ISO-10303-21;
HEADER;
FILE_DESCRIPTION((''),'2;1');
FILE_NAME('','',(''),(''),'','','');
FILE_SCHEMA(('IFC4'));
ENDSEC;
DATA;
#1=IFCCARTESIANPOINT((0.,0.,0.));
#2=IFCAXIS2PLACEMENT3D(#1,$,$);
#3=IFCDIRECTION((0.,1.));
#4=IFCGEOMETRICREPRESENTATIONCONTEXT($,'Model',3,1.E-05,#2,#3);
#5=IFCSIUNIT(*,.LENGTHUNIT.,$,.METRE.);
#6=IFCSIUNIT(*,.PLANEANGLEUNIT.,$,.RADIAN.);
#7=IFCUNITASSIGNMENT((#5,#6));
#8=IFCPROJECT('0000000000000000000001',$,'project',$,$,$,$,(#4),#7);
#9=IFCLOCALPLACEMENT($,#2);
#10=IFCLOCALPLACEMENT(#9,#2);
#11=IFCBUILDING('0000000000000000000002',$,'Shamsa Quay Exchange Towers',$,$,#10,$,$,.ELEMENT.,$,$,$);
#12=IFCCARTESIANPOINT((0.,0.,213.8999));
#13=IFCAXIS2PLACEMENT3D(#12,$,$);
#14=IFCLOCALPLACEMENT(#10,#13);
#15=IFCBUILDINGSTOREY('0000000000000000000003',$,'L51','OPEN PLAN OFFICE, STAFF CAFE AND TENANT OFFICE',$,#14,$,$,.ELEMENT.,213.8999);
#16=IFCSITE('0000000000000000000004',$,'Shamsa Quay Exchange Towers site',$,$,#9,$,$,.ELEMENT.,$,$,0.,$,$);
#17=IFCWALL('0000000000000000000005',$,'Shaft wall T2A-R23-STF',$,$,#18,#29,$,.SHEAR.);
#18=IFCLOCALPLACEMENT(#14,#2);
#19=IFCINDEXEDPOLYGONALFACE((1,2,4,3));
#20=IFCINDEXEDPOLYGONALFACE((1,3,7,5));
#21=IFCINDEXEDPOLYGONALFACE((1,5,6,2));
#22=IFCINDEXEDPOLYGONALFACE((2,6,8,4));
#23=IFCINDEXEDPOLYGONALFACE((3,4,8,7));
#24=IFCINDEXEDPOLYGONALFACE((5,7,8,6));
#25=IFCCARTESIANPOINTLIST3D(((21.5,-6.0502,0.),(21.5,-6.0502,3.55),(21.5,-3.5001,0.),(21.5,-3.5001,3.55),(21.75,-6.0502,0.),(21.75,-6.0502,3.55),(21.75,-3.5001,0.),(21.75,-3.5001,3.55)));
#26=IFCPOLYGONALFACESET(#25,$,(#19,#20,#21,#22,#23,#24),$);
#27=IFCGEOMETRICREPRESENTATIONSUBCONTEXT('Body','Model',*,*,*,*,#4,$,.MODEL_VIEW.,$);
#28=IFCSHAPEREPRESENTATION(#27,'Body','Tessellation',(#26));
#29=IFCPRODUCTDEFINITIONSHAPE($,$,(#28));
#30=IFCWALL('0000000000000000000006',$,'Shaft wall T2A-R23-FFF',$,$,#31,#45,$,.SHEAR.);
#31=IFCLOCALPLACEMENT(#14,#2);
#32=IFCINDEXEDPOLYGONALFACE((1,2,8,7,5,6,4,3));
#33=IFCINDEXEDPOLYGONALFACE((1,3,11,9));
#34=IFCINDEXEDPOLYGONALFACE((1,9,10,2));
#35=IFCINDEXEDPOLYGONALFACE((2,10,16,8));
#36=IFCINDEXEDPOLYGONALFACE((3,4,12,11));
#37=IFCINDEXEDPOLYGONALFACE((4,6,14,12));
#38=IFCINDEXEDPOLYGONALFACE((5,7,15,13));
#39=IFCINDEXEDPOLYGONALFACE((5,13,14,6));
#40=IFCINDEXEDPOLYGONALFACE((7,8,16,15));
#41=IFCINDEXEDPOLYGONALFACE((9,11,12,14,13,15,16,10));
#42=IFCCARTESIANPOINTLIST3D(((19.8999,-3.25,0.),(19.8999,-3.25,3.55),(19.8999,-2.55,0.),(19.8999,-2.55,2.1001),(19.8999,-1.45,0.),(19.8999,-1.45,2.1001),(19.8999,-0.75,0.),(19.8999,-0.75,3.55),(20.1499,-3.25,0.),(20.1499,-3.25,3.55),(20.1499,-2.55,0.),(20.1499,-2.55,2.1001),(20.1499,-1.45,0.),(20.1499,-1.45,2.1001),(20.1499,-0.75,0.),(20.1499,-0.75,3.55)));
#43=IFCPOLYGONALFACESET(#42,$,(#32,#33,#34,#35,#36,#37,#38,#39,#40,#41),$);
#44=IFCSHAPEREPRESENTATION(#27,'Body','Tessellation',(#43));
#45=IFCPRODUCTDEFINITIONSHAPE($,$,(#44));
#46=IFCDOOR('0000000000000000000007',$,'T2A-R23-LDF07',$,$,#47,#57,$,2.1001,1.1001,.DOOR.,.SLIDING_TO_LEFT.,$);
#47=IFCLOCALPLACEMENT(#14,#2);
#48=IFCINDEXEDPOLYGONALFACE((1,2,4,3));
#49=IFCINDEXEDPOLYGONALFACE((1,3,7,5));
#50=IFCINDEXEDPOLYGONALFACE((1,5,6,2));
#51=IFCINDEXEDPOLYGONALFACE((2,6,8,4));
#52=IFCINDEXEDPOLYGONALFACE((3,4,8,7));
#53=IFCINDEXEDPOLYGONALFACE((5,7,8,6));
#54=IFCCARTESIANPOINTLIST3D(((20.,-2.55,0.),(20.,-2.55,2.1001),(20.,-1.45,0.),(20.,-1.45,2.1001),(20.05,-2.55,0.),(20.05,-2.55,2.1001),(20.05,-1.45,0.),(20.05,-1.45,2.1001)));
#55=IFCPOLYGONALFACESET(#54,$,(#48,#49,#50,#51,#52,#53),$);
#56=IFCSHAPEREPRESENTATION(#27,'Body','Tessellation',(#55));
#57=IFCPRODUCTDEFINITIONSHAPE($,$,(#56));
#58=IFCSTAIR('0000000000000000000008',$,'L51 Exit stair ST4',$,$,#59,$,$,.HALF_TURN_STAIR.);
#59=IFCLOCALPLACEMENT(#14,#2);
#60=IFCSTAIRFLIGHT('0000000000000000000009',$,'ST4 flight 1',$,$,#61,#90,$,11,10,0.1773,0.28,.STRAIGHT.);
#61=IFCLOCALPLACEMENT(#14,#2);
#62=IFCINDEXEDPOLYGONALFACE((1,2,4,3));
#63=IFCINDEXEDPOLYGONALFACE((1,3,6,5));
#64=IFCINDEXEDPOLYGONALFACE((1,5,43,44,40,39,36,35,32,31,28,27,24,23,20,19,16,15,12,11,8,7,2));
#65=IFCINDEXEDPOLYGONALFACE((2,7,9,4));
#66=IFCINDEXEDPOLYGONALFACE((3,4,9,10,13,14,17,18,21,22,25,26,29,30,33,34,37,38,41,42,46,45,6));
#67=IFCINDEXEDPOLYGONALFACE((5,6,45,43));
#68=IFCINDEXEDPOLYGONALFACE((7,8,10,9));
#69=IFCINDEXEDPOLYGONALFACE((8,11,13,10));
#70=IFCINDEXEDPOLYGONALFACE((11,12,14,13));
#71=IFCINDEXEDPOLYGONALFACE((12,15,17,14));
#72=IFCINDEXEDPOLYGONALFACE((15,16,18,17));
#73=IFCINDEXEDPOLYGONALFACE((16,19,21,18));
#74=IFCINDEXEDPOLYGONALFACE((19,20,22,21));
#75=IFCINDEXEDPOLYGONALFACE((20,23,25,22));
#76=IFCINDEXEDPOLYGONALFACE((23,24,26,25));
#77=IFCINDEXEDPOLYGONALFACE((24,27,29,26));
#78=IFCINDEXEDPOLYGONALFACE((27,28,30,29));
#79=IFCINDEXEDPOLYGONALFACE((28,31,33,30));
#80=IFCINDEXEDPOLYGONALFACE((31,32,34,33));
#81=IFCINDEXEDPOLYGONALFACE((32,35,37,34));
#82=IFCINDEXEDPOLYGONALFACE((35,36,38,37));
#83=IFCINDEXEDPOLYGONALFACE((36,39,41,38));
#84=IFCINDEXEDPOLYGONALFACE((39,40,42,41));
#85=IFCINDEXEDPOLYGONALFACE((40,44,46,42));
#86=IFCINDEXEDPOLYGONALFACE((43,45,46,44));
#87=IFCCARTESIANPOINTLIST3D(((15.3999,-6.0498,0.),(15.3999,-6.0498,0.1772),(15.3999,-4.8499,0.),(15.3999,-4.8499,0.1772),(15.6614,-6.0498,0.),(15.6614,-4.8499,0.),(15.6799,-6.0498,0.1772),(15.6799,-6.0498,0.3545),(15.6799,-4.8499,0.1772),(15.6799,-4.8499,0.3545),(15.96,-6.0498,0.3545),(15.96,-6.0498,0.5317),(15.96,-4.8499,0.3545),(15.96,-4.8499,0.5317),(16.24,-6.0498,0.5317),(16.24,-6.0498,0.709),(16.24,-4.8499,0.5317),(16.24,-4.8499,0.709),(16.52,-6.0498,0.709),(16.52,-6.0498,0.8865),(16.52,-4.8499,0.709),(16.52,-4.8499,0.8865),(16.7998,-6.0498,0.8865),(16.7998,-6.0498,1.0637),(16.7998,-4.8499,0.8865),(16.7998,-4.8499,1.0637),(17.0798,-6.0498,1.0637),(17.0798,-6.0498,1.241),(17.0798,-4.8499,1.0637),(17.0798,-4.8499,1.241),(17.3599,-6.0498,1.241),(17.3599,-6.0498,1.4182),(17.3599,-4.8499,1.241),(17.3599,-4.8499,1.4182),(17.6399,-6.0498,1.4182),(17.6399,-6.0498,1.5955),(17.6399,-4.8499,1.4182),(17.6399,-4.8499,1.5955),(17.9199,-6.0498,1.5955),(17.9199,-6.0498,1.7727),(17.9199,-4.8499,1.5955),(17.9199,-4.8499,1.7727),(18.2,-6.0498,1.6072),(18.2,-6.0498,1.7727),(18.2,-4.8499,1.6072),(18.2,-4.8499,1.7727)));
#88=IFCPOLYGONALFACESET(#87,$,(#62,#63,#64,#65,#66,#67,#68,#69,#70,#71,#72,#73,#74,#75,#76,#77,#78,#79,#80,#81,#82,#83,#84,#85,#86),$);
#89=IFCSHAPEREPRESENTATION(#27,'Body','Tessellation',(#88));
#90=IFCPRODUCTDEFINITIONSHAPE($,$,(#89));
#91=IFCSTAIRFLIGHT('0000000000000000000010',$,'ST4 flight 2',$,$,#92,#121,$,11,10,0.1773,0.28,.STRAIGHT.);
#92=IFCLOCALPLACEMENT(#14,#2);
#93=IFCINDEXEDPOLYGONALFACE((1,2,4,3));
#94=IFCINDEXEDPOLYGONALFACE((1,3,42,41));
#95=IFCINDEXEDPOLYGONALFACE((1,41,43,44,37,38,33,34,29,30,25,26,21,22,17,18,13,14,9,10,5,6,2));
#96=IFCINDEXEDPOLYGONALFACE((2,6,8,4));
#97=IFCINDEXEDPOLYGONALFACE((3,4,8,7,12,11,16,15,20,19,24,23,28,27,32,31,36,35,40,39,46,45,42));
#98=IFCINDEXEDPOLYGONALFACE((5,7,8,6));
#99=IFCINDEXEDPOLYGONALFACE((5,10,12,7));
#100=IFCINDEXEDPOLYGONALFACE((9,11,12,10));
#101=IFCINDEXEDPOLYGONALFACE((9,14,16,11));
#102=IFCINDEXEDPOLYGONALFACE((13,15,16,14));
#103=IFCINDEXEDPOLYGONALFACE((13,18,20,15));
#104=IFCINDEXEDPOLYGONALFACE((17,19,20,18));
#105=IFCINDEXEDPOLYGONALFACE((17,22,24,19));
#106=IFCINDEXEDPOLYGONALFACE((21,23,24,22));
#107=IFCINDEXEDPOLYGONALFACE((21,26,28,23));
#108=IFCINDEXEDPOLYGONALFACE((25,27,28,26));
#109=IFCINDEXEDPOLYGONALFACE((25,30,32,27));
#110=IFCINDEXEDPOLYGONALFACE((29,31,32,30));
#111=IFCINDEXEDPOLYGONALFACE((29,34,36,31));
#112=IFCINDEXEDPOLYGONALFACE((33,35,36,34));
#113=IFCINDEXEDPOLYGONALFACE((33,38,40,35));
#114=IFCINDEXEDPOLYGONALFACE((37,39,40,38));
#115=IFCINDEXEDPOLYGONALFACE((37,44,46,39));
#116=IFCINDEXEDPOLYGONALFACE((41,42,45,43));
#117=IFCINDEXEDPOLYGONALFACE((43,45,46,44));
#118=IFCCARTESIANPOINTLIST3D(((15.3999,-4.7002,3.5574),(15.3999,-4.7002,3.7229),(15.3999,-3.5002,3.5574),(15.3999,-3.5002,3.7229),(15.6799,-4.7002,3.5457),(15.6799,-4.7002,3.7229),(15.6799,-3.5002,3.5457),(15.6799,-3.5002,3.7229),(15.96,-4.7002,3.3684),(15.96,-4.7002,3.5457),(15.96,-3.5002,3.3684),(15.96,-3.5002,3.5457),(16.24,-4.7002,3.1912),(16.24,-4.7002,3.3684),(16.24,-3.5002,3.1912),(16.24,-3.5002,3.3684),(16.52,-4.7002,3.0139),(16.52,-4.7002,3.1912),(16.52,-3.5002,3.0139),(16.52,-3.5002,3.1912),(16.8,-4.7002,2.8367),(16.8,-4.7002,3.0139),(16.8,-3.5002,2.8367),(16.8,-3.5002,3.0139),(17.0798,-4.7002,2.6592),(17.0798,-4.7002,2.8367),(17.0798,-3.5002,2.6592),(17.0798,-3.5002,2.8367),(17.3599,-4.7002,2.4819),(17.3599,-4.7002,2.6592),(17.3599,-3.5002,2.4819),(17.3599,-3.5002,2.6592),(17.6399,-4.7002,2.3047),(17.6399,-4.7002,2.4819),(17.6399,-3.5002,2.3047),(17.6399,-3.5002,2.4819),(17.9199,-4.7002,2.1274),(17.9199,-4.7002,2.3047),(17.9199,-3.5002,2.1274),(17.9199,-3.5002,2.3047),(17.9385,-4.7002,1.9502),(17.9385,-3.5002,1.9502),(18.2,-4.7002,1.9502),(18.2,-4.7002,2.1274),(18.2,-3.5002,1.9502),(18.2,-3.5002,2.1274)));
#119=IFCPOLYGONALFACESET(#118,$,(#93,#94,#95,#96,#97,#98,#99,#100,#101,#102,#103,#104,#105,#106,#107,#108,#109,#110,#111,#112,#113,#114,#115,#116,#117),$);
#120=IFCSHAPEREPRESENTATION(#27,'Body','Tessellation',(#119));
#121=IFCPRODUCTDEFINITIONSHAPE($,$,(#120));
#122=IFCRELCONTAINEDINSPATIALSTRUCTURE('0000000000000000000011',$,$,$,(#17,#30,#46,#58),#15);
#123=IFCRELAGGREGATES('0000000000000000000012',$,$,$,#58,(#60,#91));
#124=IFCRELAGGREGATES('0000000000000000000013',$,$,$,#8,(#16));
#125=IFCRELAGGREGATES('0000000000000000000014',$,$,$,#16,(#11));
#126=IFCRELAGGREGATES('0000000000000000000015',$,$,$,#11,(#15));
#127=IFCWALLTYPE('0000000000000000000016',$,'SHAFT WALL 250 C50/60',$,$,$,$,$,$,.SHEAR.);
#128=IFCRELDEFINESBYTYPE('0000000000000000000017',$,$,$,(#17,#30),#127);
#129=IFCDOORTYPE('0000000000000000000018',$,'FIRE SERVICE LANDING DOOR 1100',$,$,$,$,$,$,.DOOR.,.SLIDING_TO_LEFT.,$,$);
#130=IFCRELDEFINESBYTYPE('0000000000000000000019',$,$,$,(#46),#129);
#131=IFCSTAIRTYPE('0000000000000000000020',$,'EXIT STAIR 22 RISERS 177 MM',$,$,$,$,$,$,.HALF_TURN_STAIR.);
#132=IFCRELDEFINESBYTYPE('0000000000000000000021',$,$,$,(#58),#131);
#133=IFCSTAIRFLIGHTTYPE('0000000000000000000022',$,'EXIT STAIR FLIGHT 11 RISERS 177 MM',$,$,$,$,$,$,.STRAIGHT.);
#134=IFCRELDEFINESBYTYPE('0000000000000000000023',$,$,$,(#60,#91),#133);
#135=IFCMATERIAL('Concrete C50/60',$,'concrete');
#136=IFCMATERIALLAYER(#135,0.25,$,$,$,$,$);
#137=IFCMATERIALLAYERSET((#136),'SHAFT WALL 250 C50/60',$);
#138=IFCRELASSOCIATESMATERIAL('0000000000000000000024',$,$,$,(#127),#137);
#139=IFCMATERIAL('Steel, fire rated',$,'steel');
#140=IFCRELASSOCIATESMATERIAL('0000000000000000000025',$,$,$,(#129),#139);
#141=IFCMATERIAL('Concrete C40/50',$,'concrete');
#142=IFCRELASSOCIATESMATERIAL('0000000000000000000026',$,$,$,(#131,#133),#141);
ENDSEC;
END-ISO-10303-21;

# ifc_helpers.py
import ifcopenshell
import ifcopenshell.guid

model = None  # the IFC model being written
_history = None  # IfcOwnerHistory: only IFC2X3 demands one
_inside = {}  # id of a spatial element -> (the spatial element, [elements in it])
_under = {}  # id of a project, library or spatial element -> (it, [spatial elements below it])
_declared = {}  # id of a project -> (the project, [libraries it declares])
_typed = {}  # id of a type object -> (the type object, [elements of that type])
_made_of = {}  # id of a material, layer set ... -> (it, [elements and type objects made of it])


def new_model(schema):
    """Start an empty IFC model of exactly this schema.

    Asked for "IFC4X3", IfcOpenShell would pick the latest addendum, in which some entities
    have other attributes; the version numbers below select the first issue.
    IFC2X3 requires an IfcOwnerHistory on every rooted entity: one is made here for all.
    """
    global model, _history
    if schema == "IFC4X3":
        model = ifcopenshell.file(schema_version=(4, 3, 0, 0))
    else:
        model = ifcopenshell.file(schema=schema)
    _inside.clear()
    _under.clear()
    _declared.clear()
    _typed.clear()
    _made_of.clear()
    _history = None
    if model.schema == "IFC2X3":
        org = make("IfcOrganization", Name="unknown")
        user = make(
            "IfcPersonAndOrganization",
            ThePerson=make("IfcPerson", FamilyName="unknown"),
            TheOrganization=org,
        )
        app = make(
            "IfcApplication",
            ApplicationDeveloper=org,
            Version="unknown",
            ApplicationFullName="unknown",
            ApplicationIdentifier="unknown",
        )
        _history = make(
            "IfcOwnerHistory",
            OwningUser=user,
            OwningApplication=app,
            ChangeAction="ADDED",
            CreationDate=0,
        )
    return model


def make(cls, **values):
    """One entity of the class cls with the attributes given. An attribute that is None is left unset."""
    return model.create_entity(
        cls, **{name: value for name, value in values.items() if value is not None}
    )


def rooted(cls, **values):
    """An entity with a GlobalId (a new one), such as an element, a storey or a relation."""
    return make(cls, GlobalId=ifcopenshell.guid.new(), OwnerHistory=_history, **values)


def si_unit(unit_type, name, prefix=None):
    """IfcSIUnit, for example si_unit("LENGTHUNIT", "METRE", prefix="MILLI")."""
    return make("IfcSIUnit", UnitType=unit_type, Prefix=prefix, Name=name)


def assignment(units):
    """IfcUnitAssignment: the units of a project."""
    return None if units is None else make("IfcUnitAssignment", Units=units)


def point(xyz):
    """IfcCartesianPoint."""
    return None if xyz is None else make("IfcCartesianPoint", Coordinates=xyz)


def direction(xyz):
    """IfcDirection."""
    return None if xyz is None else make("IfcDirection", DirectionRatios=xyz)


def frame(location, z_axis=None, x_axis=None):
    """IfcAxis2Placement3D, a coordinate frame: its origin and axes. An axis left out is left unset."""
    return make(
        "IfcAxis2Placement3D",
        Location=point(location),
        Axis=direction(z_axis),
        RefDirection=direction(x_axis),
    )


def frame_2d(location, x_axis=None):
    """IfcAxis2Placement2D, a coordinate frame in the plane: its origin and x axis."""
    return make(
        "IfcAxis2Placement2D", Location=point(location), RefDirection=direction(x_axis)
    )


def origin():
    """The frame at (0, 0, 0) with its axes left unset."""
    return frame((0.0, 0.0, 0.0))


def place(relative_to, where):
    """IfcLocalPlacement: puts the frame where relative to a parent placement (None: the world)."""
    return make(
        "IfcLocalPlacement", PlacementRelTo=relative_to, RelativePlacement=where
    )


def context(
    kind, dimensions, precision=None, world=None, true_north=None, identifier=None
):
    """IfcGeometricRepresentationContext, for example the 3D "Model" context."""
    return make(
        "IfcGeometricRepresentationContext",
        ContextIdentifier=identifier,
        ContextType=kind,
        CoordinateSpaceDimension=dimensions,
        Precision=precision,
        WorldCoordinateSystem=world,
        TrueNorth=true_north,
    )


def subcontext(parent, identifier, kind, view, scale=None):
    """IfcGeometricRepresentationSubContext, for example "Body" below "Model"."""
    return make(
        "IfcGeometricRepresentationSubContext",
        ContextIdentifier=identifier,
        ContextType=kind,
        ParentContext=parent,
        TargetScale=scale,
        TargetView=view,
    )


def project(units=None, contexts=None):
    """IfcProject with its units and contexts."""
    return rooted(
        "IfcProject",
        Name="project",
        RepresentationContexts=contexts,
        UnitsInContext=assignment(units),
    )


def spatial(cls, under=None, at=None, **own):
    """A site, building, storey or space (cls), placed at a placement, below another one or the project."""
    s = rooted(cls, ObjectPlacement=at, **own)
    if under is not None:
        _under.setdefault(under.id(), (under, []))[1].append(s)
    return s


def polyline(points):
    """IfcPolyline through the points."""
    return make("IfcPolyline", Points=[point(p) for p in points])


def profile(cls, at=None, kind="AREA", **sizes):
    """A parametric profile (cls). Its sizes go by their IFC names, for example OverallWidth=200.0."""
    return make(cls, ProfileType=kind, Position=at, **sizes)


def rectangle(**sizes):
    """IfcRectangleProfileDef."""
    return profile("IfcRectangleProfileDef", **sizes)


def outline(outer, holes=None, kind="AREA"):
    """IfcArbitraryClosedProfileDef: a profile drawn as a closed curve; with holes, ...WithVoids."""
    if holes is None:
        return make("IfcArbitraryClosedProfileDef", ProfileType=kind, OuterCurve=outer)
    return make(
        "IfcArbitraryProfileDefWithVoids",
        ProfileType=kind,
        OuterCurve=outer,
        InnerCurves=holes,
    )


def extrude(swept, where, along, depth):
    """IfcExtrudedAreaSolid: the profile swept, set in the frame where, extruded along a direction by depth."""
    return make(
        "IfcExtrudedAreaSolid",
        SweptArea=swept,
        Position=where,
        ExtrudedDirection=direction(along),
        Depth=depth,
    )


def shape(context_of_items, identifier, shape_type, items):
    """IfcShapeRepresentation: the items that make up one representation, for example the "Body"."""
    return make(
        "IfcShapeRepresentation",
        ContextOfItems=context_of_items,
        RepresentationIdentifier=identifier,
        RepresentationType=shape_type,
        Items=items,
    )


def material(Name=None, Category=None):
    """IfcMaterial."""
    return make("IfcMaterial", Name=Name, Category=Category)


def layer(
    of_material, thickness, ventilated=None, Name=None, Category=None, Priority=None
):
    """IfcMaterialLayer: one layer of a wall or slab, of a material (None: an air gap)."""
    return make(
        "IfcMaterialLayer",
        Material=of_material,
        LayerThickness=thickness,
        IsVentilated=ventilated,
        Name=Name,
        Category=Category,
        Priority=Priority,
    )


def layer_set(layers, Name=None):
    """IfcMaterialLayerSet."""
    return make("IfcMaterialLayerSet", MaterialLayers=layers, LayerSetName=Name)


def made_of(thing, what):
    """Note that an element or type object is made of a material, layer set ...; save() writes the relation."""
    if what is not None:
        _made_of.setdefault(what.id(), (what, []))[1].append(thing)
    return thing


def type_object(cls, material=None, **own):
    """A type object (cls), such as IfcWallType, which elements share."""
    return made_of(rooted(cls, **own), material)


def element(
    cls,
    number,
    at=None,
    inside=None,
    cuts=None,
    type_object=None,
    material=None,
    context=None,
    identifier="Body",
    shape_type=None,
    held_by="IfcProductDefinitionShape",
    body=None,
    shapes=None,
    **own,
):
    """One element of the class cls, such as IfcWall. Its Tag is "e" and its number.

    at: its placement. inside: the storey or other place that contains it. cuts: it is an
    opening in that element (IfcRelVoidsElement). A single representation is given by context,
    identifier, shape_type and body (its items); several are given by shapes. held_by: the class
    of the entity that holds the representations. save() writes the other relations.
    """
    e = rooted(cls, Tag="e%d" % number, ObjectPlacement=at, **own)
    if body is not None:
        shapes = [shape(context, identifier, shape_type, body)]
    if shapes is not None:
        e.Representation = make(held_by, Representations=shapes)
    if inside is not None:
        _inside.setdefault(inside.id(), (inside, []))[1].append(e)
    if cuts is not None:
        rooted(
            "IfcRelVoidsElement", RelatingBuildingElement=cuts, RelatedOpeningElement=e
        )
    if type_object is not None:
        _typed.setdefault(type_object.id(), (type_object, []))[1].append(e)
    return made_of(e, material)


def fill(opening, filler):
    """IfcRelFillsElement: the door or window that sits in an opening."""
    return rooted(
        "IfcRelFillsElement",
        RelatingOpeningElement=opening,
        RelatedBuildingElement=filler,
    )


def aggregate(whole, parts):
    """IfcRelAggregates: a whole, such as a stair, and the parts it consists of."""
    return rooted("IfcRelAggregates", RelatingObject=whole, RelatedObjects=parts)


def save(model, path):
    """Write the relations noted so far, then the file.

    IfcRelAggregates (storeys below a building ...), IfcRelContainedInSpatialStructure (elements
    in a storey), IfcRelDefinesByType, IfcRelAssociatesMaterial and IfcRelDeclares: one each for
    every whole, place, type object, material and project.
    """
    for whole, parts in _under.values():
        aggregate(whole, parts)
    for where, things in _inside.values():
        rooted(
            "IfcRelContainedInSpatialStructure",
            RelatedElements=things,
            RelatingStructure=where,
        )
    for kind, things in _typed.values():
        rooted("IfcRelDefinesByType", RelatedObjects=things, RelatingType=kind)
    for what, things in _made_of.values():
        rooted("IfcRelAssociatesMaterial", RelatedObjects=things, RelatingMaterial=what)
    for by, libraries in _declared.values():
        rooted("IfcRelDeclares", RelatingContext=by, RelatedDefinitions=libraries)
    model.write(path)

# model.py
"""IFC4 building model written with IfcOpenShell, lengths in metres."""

from ifc_helpers import new_model, si_unit, direction, frame, frame_2d, origin, place, context, subcontext, project, spatial, polyline, rectangle, outline, extrude, material, layer, layer_set, type_object, element, fill, aggregate, save


model = new_model("IFC4")

# Units and contexts
model_context = context("Model", 3, precision=1e-05, world=origin(), true_north=direction((0.0, 1.0)))
body_context = subcontext(model_context, "Body", "Model", "MODEL_VIEW")
ifc_project = project(units=[si_unit("LENGTHUNIT", "METRE"), si_unit("PLANEANGLEUNIT", "RADIAN")], contexts=[model_context])

# Site, building, storey
site_placement = place(None, origin())
site = spatial("IfcSite", under=ifc_project, at=site_placement, Name="Shamsa Quay Exchange Towers site", CompositionType="ELEMENT", RefElevation=0.0)
building_placement = place(site_placement, origin())
building = spatial("IfcBuilding", under=site, at=building_placement, Name="Shamsa Quay Exchange Towers", CompositionType="ELEMENT")
storey_placement = place(building_placement, frame((0.0, 0.0, 213.8999)))
storey = spatial("IfcBuildingStorey", under=building, at=storey_placement, Name="L51", Description="OPEN PLAN OFFICE, STAFF CAFE AND TENANT OFFICE", CompositionType="ELEMENT", Elevation=213.8999)

# Shared definitions
ifc_material_1 = material(Name="Concrete C50/60", Category="concrete")

# Wall
ifc_layer_1 = layer(ifc_material_1, 0.25)
ifc_layer_set_1 = layer_set([ifc_layer_1], Name="SHAFT WALL 250 C50/60")
wall_type_1 = type_object("IfcWallType", Name="SHAFT WALL 250 C50/60", PredefinedType="SHEAR", material=ifc_layer_set_1)
wall_1_placement = place(storey_placement, frame((21.625, -6.05, 0.0), z_axis=(0.0, 0.0, 1.0), x_axis=(0.0, 1.0, 0.0)))
element("IfcWall", 1, at=wall_1_placement, inside=storey, type_object=wall_type_1, Name="Shaft wall T2A-R23-STF", PredefinedType="SHEAR", context=body_context, shape_type="SweptSolid", body=[
    extrude(rectangle(XDim=2.55, YDim=0.25, at=frame_2d((1.2749, 0.0))), origin(), (0.0, 0.0, 1.0), 3.55),
])

# Wall, opening, door
wall_2_placement = place(storey_placement, frame((20.0249, -3.25, 0.0), z_axis=(0.0, 0.0, 1.0), x_axis=(0.0, 1.0, 0.0)))
wall_2 = element("IfcWall", 2, at=wall_2_placement, inside=storey, type_object=wall_type_1, Name="Shaft wall T2A-R23-FFF", PredefinedType="SHEAR", context=body_context, shape_type="SweptSolid", body=[
    extrude(rectangle(XDim=2.5, YDim=0.25, at=frame_2d((1.25, 0.0))), origin(), (0.0, 0.0, 1.0), 3.55),
])
opening_placement = place(wall_2_placement, frame((0.7, 0.0, 0.0)))
opening = element("IfcOpeningElement", 3, at=opening_placement, cuts=wall_2, PredefinedType="OPENING", context=body_context, shape_type="SweptSolid", body=[
    extrude(rectangle(XDim=1.1001, YDim=2.1001, at=frame_2d((0.55, 1.05))), frame((0.0, 0.135, 0.0), z_axis=(0.0, -1.0, 0.0), x_axis=(1.0, 0.0, 0.0)), (0.0, 0.0, 1.0), 0.27),
])
ifc_material_2 = material(Name="Steel, fire rated", Category="steel")
door_type = type_object("IfcDoorType", Name="FIRE SERVICE LANDING DOOR 1100", OperationType="SLIDING_TO_LEFT", PredefinedType="DOOR", material=ifc_material_2)
door_placement = place(opening_placement, origin())
door = element("IfcDoor", 4, at=door_placement, inside=storey, type_object=door_type, Name="T2A-R23-LDF07", OperationType="SLIDING_TO_LEFT", OverallHeight=2.1001, OverallWidth=1.1001, PredefinedType="DOOR", context=body_context, shape_type="SweptSolid", body=[
    extrude(rectangle(XDim=1.1001, YDim=2.1001, at=frame_2d((0.55, 1.05))), frame((0.0, 0.0249, 0.0), z_axis=(0.0, -1.0, 0.0), x_axis=(1.0, 0.0, 0.0)), (0.0, 0.0, 1.0), 0.05),
])
fill(opening, door)

# Stair, stair flights
ifc_material_3 = material(Name="Concrete C40/50", Category="concrete")
stair_type = type_object("IfcStairType", Name="EXIT STAIR 22 RISERS 177 MM", PredefinedType="HALF_TURN_STAIR", material=ifc_material_3)
stair_placement = place(storey_placement, origin())
stair = element("IfcStair", 5, at=stair_placement, inside=storey, type_object=stair_type, Name="L51 Exit stair ST4", PredefinedType="HALF_TURN_STAIR")
stair_flight_type = type_object("IfcStairFlightType", Name="EXIT STAIR FLIGHT 11 RISERS 177 MM", PredefinedType="STRAIGHT", material=ifc_material_3)
stair_flight_1_placement = place(storey_placement, frame((15.3999, -5.45, 0.0)))
stair_flight_1 = element("IfcStairFlight", 6, at=stair_flight_1_placement, type_object=stair_flight_type, Name="ST4 flight 1", NumberOfRisers=11, NumberOfTreads=10, PredefinedType="STRAIGHT", RiserHeight=0.1773, TreadLength=0.28, context=body_context, shape_type="SweptSolid", body=[
    extrude(outline(polyline([(0.0, 0.0), (0.0, 0.1772), (0.28, 0.1772), (0.28, 0.3545), (0.5601, 0.3545), (0.5601, 0.5317), (0.8401, 0.5317), (0.8401, 0.709), (1.1201, 0.709), (1.1201, 0.8865), (1.3999, 0.8865), (1.3999, 1.0637), (1.6799, 1.0637), (1.6799, 1.241), (1.96, 1.241), (1.96, 1.4182), (2.24, 1.4182), (2.24, 1.5955), (2.52, 1.5955), (2.52, 1.7727), (2.8, 1.7727), (2.8, 1.95), (2.8, 1.6072), (0.2615, 0.0), (0.0, 0.0)])), frame((0.0, 0.6001, 0.0), z_axis=(0.0, -1.0, 0.0), x_axis=(1.0, 0.0, 0.0)), (0.0, 0.0, 1.0), 1.2),
])
stair_flight_2_placement = place(storey_placement, frame((18.2, -4.1001, 1.9502), z_axis=(0.0, 0.0, 1.0), x_axis=(-1.0, 0.0, 0.0)))
stair_flight_2 = element("IfcStairFlight", 7, at=stair_flight_2_placement, type_object=stair_flight_type, Name="ST4 flight 2", NumberOfRisers=11, NumberOfTreads=10, PredefinedType="STRAIGHT", RiserHeight=0.1773, TreadLength=0.28, context=body_context, shape_type="SweptSolid", body=[
    extrude(outline(polyline([(0.0, 0.0), (0.0, 0.1772), (0.28, 0.1772), (0.28, 0.3545), (0.5601, 0.3545), (0.5601, 0.5317), (0.8401, 0.5317), (0.8401, 0.709), (1.1201, 0.709), (1.1201, 0.8865), (1.3999, 0.8865), (1.3999, 1.0637), (1.6799, 1.0637), (1.6799, 1.241), (1.96, 1.241), (1.96, 1.4182), (2.24, 1.4182), (2.24, 1.5955), (2.52, 1.5955), (2.52, 1.7727), (2.8, 1.7727), (2.8, 1.95), (2.8, 1.6072), (0.2615, 0.0), (0.0, 0.0)])), frame((0.0, 0.6001, 0.0), z_axis=(0.0, -1.0, 0.0), x_axis=(1.0, 0.0, 0.0)), (0.0, 0.0, 1.0), 1.2),
])
aggregate(stair, [stair_flight_1, stair_flight_2])

save(model, "model.ifc")
